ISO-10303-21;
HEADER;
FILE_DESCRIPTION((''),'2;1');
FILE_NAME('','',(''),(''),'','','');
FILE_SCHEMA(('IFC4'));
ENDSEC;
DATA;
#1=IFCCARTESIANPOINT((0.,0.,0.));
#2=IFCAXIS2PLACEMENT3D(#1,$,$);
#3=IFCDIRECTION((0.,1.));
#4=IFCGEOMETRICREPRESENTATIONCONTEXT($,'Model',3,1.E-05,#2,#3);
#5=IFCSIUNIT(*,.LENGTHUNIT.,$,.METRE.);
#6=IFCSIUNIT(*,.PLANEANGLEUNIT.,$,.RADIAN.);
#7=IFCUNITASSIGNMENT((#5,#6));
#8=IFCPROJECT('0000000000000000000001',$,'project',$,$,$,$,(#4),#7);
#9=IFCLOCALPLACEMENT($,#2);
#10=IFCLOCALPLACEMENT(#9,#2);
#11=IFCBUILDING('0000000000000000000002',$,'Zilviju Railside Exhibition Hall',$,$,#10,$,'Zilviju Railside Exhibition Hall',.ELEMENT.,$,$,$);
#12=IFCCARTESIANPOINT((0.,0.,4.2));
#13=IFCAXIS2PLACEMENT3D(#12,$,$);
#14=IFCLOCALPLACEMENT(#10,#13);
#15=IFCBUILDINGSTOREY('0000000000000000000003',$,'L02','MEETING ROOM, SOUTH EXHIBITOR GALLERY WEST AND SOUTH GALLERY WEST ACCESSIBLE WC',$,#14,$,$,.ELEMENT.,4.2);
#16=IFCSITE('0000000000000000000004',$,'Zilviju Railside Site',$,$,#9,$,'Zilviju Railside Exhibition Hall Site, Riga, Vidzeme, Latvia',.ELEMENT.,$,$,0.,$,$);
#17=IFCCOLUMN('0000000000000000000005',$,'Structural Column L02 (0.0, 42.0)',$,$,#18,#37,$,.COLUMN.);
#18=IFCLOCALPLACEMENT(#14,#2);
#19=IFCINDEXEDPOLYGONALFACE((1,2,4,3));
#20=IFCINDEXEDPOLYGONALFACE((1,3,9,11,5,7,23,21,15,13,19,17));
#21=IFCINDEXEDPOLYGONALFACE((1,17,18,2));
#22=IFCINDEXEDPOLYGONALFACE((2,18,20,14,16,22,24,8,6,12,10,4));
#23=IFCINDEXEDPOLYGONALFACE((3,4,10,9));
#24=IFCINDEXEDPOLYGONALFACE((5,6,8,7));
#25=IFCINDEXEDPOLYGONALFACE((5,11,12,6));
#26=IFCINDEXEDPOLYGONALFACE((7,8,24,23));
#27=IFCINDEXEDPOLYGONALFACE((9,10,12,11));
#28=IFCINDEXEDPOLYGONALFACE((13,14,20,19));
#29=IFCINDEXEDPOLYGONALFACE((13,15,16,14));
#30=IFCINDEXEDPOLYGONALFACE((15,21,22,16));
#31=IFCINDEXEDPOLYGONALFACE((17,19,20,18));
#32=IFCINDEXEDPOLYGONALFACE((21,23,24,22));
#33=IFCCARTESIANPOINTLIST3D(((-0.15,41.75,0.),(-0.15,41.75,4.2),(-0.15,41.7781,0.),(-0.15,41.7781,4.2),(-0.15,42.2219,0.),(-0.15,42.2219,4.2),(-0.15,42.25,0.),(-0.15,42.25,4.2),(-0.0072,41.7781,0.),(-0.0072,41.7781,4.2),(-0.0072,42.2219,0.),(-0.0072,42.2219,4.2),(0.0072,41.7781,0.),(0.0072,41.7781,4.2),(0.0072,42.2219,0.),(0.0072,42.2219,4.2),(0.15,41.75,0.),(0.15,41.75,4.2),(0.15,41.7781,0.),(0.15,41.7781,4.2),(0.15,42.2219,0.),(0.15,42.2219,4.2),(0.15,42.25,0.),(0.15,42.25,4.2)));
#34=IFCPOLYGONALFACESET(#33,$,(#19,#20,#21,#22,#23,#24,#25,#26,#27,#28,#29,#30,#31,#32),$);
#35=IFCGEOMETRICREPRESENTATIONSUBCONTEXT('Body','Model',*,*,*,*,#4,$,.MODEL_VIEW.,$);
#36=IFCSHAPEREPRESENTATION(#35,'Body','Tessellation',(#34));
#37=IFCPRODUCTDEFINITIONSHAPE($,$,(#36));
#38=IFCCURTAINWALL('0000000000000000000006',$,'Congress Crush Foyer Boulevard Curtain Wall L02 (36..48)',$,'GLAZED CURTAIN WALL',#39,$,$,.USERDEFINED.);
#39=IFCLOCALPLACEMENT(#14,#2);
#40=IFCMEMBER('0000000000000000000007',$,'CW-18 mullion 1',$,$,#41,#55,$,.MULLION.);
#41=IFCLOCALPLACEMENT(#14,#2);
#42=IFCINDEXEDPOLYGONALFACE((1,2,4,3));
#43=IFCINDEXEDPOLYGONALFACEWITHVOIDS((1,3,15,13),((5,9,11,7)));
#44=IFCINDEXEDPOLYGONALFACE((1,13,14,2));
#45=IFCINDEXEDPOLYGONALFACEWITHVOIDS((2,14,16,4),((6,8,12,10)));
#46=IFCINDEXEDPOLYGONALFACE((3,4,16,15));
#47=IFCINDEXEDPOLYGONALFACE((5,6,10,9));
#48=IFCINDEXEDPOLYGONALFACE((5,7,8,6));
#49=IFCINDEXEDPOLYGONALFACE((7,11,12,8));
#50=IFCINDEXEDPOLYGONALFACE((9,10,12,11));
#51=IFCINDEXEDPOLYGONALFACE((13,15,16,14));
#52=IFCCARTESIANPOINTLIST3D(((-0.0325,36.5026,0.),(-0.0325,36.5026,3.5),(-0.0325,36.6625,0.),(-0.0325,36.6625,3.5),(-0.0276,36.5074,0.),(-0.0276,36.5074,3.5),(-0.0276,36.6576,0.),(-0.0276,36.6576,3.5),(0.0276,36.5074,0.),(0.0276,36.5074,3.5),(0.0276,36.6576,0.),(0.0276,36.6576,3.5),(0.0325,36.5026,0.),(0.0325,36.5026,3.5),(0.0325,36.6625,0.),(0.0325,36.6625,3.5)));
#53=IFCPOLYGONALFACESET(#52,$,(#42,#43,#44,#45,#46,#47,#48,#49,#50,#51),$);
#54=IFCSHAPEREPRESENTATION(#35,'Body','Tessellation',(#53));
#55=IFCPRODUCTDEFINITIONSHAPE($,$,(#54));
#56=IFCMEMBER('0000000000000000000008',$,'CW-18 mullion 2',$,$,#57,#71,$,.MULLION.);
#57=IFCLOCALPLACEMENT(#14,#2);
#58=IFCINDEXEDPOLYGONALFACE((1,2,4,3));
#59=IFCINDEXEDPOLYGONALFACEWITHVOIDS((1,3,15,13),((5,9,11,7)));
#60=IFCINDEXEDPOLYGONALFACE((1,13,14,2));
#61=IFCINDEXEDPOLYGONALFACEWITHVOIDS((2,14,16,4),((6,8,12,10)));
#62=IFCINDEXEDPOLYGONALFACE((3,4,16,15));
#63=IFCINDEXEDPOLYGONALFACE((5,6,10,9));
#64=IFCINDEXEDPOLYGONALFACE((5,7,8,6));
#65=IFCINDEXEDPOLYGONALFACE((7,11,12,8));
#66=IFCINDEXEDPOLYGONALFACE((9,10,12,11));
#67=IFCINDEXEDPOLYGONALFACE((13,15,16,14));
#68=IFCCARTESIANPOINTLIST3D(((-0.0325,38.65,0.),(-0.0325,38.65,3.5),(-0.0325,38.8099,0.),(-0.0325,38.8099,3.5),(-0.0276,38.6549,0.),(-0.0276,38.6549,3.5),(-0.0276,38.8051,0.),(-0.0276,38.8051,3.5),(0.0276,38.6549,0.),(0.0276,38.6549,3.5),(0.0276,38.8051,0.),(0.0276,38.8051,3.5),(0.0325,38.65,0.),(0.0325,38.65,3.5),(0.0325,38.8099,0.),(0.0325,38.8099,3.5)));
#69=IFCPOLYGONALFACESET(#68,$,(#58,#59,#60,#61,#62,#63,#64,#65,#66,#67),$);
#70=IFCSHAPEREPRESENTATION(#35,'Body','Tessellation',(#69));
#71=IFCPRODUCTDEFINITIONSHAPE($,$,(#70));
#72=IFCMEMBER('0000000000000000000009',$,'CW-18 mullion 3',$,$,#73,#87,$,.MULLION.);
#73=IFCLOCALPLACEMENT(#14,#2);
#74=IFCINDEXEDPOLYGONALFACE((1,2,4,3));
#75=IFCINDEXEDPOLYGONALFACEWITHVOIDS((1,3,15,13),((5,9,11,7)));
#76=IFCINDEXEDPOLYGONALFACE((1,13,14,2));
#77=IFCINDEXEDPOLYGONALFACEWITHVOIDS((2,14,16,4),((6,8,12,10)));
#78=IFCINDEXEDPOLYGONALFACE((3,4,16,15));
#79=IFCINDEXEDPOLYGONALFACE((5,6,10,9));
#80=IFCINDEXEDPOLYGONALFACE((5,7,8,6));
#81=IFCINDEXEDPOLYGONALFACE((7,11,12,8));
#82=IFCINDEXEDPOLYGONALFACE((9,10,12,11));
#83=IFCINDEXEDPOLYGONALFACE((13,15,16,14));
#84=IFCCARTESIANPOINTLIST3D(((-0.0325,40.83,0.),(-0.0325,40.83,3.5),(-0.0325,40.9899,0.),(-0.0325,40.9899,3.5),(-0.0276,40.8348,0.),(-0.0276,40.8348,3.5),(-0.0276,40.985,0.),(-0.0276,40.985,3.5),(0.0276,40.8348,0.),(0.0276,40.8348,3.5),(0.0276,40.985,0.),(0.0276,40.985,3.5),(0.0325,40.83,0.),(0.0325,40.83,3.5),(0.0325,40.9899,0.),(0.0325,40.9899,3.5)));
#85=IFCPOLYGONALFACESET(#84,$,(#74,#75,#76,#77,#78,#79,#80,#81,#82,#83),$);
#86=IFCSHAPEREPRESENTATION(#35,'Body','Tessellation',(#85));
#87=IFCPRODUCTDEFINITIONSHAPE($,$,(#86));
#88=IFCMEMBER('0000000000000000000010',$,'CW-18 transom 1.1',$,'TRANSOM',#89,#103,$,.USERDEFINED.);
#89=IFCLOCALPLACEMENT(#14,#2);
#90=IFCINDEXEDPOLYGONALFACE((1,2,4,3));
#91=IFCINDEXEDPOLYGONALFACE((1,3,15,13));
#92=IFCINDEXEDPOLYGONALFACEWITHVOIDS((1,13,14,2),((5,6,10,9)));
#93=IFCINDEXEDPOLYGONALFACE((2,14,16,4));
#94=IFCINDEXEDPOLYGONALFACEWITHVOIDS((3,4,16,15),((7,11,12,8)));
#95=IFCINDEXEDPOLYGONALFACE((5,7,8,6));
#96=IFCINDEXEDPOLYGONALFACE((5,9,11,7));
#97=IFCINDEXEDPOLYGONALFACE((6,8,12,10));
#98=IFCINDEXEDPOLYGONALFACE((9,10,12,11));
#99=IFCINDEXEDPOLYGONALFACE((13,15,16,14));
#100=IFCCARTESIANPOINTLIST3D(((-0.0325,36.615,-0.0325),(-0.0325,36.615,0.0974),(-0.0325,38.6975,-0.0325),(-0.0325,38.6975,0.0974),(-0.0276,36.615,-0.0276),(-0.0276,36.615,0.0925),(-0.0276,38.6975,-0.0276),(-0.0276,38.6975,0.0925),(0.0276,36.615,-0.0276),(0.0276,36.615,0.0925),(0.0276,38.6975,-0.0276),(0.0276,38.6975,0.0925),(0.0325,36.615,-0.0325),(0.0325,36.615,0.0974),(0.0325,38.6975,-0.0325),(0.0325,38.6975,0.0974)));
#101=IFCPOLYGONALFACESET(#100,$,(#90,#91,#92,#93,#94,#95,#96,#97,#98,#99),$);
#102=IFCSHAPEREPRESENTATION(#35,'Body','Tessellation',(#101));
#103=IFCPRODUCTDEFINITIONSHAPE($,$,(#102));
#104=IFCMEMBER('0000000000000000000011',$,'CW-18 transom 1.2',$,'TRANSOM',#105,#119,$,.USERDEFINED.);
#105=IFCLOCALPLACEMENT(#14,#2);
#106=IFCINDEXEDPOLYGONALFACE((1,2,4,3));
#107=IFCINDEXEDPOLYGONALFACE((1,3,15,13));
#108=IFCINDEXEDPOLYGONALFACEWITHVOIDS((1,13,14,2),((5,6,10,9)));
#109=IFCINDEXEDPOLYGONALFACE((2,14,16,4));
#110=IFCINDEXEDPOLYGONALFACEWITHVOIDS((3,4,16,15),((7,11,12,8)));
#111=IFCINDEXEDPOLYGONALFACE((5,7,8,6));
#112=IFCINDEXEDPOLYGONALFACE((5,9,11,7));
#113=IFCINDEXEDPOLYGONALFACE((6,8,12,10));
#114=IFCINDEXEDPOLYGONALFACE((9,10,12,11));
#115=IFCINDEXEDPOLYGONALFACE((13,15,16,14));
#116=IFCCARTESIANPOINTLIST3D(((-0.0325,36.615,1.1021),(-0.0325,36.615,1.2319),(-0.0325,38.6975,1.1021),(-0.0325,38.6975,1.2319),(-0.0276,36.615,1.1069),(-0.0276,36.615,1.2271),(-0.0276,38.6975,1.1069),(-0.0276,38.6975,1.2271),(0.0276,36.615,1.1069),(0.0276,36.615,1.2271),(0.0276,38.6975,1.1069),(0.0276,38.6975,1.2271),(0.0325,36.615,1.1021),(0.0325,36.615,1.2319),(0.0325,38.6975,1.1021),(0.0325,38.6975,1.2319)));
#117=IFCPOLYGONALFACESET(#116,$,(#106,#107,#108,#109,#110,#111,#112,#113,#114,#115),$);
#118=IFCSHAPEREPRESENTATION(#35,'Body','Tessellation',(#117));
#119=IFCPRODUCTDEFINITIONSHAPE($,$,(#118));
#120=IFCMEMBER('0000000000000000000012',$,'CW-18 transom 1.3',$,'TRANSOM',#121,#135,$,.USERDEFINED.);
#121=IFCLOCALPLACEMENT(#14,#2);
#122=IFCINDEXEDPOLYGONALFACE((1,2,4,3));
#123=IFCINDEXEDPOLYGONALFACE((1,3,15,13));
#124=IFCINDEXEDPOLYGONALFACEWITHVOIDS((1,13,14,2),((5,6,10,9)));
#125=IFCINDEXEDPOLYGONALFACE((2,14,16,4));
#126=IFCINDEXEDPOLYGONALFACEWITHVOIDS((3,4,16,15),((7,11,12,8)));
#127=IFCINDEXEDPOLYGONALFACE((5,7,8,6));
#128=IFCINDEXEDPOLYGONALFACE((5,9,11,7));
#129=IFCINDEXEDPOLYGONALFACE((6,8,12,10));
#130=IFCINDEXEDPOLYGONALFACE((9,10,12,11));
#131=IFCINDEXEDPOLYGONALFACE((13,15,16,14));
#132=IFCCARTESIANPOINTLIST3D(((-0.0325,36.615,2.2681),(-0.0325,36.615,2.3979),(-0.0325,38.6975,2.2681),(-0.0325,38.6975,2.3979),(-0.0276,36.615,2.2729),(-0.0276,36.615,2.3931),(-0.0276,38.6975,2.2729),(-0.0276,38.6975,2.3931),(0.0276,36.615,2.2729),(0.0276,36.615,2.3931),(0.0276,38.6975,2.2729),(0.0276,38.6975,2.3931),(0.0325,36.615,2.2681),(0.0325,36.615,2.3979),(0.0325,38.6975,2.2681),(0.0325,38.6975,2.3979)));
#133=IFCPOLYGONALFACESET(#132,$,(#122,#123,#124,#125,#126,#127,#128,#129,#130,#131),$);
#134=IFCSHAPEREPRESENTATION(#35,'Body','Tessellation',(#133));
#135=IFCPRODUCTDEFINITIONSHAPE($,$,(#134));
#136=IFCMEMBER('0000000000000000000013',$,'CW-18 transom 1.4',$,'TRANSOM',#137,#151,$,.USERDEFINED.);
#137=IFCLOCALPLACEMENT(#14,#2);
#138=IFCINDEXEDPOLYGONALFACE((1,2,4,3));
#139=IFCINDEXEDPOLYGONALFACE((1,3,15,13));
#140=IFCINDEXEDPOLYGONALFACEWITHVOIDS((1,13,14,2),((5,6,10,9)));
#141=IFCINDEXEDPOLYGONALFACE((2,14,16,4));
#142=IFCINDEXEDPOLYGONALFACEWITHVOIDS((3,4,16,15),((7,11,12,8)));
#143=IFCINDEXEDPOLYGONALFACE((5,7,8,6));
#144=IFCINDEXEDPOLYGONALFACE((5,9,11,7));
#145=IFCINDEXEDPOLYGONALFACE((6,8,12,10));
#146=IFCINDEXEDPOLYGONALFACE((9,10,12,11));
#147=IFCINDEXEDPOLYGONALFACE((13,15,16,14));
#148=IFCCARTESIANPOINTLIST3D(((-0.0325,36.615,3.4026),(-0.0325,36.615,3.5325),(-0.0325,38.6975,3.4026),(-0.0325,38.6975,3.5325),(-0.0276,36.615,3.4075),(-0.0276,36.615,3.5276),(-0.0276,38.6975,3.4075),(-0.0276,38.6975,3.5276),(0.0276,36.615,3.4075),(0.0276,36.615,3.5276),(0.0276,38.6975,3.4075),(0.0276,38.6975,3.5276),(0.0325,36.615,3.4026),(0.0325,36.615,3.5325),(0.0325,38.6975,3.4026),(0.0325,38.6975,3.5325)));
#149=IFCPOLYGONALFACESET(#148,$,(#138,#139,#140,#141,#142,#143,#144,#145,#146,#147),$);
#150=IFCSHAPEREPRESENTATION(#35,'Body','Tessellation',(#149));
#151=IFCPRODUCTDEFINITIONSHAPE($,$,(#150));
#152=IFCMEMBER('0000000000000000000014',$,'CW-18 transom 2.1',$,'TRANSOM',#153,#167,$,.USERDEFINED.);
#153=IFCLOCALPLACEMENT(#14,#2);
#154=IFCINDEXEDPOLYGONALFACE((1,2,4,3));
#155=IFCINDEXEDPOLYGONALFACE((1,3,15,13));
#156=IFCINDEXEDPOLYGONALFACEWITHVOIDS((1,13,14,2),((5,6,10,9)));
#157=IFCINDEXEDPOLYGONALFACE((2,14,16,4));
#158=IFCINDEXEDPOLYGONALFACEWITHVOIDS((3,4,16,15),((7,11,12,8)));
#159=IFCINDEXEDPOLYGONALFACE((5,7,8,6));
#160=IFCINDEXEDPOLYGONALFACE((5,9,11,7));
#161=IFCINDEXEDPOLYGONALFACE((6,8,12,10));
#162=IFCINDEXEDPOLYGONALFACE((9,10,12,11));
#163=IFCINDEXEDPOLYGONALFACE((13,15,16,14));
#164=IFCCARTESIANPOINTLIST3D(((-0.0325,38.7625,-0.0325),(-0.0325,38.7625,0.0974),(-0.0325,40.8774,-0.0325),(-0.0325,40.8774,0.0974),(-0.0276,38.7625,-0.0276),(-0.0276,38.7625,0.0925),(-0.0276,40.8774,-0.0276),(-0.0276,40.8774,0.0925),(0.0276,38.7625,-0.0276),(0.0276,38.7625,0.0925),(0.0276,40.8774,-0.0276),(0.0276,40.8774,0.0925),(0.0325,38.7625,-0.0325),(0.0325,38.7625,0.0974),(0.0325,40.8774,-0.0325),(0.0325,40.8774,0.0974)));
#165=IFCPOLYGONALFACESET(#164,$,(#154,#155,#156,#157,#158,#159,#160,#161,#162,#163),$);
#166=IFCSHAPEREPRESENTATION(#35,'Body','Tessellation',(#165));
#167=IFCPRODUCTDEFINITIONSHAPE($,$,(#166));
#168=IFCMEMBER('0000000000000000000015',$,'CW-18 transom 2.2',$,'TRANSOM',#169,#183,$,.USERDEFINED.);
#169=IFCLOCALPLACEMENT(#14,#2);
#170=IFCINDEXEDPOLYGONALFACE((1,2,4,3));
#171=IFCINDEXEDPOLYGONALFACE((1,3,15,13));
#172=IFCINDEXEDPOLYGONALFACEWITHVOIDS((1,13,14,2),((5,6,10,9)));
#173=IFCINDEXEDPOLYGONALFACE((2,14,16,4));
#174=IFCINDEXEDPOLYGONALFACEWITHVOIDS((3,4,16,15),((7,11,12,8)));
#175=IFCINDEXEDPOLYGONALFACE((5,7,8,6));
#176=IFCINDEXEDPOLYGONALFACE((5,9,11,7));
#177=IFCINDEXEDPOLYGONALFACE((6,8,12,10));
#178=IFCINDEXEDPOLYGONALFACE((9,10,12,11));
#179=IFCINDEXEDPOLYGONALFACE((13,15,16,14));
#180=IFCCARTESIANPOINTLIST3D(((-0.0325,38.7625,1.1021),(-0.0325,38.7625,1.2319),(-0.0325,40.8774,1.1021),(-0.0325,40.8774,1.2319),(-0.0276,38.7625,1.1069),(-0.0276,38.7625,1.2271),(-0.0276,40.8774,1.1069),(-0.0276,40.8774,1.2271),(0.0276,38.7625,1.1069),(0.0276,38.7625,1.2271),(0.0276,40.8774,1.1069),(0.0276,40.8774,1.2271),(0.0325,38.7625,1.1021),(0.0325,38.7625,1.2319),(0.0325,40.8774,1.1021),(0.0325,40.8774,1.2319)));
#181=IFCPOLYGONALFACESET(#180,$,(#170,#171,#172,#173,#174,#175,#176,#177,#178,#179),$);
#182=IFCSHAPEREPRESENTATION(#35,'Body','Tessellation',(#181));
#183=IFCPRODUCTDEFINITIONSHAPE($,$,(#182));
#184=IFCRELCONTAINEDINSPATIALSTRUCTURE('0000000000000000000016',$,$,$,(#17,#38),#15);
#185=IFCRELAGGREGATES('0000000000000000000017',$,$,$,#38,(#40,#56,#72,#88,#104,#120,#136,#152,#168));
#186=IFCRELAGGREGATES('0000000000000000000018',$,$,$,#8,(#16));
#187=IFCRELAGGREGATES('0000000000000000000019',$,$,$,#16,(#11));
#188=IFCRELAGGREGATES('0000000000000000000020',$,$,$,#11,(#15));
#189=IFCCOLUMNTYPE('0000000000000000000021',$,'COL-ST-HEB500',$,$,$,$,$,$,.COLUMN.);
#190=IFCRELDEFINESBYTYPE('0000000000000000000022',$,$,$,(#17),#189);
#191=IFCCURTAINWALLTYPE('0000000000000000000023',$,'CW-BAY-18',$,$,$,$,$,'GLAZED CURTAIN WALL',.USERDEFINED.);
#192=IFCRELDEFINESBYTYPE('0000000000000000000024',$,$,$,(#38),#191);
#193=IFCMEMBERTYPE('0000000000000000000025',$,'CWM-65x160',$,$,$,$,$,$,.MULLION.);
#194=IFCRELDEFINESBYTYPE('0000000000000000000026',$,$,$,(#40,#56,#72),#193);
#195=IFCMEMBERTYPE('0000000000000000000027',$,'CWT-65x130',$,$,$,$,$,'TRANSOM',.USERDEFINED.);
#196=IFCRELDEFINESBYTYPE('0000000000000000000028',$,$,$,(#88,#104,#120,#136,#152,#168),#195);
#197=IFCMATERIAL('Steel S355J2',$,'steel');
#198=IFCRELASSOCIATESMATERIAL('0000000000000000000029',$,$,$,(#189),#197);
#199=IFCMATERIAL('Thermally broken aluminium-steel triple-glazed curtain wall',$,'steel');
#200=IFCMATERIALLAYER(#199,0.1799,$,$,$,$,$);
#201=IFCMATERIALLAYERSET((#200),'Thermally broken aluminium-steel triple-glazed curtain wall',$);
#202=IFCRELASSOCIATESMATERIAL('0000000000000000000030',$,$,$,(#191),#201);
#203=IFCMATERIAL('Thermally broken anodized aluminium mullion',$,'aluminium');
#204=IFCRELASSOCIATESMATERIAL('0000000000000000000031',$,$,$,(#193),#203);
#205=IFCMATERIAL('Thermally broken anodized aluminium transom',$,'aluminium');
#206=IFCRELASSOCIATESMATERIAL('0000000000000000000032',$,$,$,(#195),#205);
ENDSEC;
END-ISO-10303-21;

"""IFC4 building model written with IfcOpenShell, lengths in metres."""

from ifc_helpers import new_model, si_unit, direction, frame, origin, origin_2d, place, context, subcontext, project, spatial, hollow_rectangle, i_section, extrude, material, layer, layer_set, material_profile, profile_set, type_object, element, aggregate, save


model = new_model("IFC4")

# Units and contexts
model_context = context("Model", 3, precision=1e-05, world=origin(), true_north=direction((0.0, 1.0)))
body_context = subcontext(model_context, "Body", "Model", "MODEL_VIEW")
ifc_project = project(units=[si_unit("LENGTHUNIT", "METRE"), si_unit("PLANEANGLEUNIT", "RADIAN")], contexts=[model_context])

# Site, building, storey
site_placement = place(None, origin())
site = spatial("IfcSite", under=ifc_project, at=site_placement, Name="Zilviju Railside Site", LongName="Zilviju Railside Exhibition Hall Site, Riga, Vidzeme, Latvia", CompositionType="ELEMENT", RefElevation=0.0)
building_placement = place(site_placement, origin())
building = spatial("IfcBuilding", under=site, at=building_placement, Name="Zilviju Railside Exhibition Hall", LongName="Zilviju Railside Exhibition Hall", CompositionType="ELEMENT")
storey_placement = place(building_placement, frame((0.0, 0.0, 4.2)))
storey = spatial("IfcBuildingStorey", under=building, at=storey_placement, Name="L02", Description="MEETING ROOM, SOUTH EXHIBITOR GALLERY WEST AND SOUTH GALLERY WEST ACCESSIBLE WC", CompositionType="ELEMENT", Elevation=4.2)

# Column
ifc_material_1 = material(Name="Steel S355J2", Category="steel")
ifc_material_profile_1 = material_profile(ifc_material_1, i_section(OverallWidth=0.3, OverallDepth=0.5, WebThickness=0.0144, FlangeThickness=0.0281, at=origin_2d()), Name="HEB 500")
ifc_profile_set_1 = profile_set([ifc_material_profile_1], Name="Steel S355J2")
column_type = type_object("IfcColumnType", Name="COL-ST-HEB500", PredefinedType="COLUMN", material=ifc_profile_set_1)
column_placement = place(storey_placement, frame((0.0, 42.0, 0.0), z_axis=(0.0, 0.0, 1.0), x_axis=(1.0, 0.0, 0.0)))
element("IfcColumn", 1, at=column_placement, inside=storey, type_object=column_type, Name="Structural Column L02 (0.0, 42.0)", PredefinedType="COLUMN", context=body_context, shape_type="SweptSolid", body=[
    extrude(i_section(OverallWidth=0.3, OverallDepth=0.5, WebThickness=0.0144, FlangeThickness=0.0281, at=origin_2d()), origin(), (0.0, 0.0, 1.0), 4.2),
])

# Curtain wall, members
ifc_material_2 = material(Name="Thermally broken aluminium-steel triple-glazed curtain wall", Category="steel")
ifc_layer_1 = layer(ifc_material_2, 0.1799)
ifc_layer_set_1 = layer_set([ifc_layer_1], Name="Thermally broken aluminium-steel triple-glazed curtain wall")
curtain_wall_type = type_object("IfcCurtainWallType", Name="CW-BAY-18", ElementType="GLAZED CURTAIN WALL", PredefinedType="USERDEFINED", material=ifc_layer_set_1)
curtain_wall_placement = place(storey_placement, origin())
curtain_wall = element("IfcCurtainWall", 2, at=curtain_wall_placement, inside=storey, type_object=curtain_wall_type, Name="Congress Crush Foyer Boulevard Curtain Wall L02 (36..48)", ObjectType="GLAZED CURTAIN WALL", PredefinedType="USERDEFINED")
ifc_material_3 = material(Name="Thermally broken anodized aluminium mullion", Category="aluminium")
ifc_material_profile_2 = material_profile(ifc_material_3, hollow_rectangle(XDim=0.0649, YDim=0.1599, WallThickness=0.0049, at=origin_2d()), Name="MULLION 160x65x5")
ifc_profile_set_2 = profile_set([ifc_material_profile_2], Name="Thermally broken anodized aluminium mullion")
member_type_1 = type_object("IfcMemberType", Name="CWM-65x160", PredefinedType="MULLION", material=ifc_profile_set_2)
member_1_placement = place(storey_placement, frame((0.0, 36.5825, 0.0), z_axis=(0.0, 0.0, 1.0), x_axis=(-1.0, 0.0, 0.0)))
member_1 = element("IfcMember", 3, at=member_1_placement, type_object=member_type_1, Name="CW-18 mullion 1", PredefinedType="MULLION", context=body_context, shape_type="SweptSolid", body=[
    extrude(hollow_rectangle(XDim=0.0649, YDim=0.1599, WallThickness=0.0049, at=origin_2d()), origin(), (0.0, 0.0, 1.0), 3.5),
])
member_2_placement = place(storey_placement, frame((0.0, 38.73, 0.0), z_axis=(0.0, 0.0, 1.0), x_axis=(-1.0, 0.0, 0.0)))
member_2 = element("IfcMember", 4, at=member_2_placement, type_object=member_type_1, Name="CW-18 mullion 2", PredefinedType="MULLION", context=body_context, shape_type="SweptSolid", body=[
    extrude(hollow_rectangle(XDim=0.0649, YDim=0.1599, WallThickness=0.0049, at=origin_2d()), origin(), (0.0, 0.0, 1.0), 3.5),
])
member_3_placement = place(storey_placement, frame((0.0, 40.9099, 0.0), z_axis=(0.0, 0.0, 1.0), x_axis=(-1.0, 0.0, 0.0)))
member_3 = element("IfcMember", 5, at=member_3_placement, type_object=member_type_1, Name="CW-18 mullion 3", PredefinedType="MULLION", context=body_context, shape_type="SweptSolid", body=[
    extrude(hollow_rectangle(XDim=0.0649, YDim=0.1599, WallThickness=0.0049, at=origin_2d()), origin(), (0.0, 0.0, 1.0), 3.5),
])
ifc_material_4 = material(Name="Thermally broken anodized aluminium transom", Category="aluminium")
ifc_material_profile_3 = material_profile(ifc_material_4, hollow_rectangle(XDim=0.0649, YDim=0.1299, WallThickness=0.0049, at=origin_2d()), Name="TRANSOM 130x65x5")
ifc_profile_set_3 = profile_set([ifc_material_profile_3], Name="Thermally broken anodized aluminium transom")
member_type_2 = type_object("IfcMemberType", Name="CWT-65x130", ElementType="TRANSOM", PredefinedType="USERDEFINED", material=ifc_profile_set_3)
member_4_placement = place(storey_placement, frame((0.0, 36.615, 0.0325), z_axis=(0.0, 1.0, 0.0), x_axis=(-1.0, 0.0, 0.0)))
member_4 = element("IfcMember", 6, at=member_4_placement, type_object=member_type_2, Name="CW-18 transom 1.1", ObjectType="TRANSOM", PredefinedType="USERDEFINED", context=body_context, shape_type="SweptSolid", body=[
    extrude(hollow_rectangle(XDim=0.0649, YDim=0.1299, WallThickness=0.0049, at=origin_2d()), origin(), (0.0, 0.0, 1.0), 2.0825),
])
member_5_placement = place(storey_placement, frame((0.0, 36.615, 1.167), z_axis=(0.0, 1.0, 0.0), x_axis=(-1.0, 0.0, 0.0)))
member_5 = element("IfcMember", 7, at=member_5_placement, type_object=member_type_2, Name="CW-18 transom 1.2", ObjectType="TRANSOM", PredefinedType="USERDEFINED", context=body_context, shape_type="SweptSolid", body=[
    extrude(hollow_rectangle(XDim=0.0649, YDim=0.1299, WallThickness=0.0049, at=origin_2d()), origin(), (0.0, 0.0, 1.0), 2.0825),
])
member_6_placement = place(storey_placement, frame((0.0, 36.615, 2.333), z_axis=(0.0, 1.0, 0.0), x_axis=(-1.0, 0.0, 0.0)))
member_6 = element("IfcMember", 8, at=member_6_placement, type_object=member_type_2, Name="CW-18 transom 1.3", ObjectType="TRANSOM", PredefinedType="USERDEFINED", context=body_context, shape_type="SweptSolid", body=[
    extrude(hollow_rectangle(XDim=0.0649, YDim=0.1299, WallThickness=0.0049, at=origin_2d()), origin(), (0.0, 0.0, 1.0), 2.0825),
])
member_7_placement = place(storey_placement, frame((0.0, 36.615, 3.4675), z_axis=(0.0, 1.0, 0.0), x_axis=(-1.0, 0.0, 0.0)))
member_7 = element("IfcMember", 9, at=member_7_placement, type_object=member_type_2, Name="CW-18 transom 1.4", ObjectType="TRANSOM", PredefinedType="USERDEFINED", context=body_context, shape_type="SweptSolid", body=[
    extrude(hollow_rectangle(XDim=0.0649, YDim=0.1299, WallThickness=0.0049, at=origin_2d()), origin(), (0.0, 0.0, 1.0), 2.0825),
])
member_8_placement = place(storey_placement, frame((0.0, 38.7625, 0.0325), z_axis=(0.0, 1.0, 0.0), x_axis=(-1.0, 0.0, 0.0)))
member_8 = element("IfcMember", 10, at=member_8_placement, type_object=member_type_2, Name="CW-18 transom 2.1", ObjectType="TRANSOM", PredefinedType="USERDEFINED", context=body_context, shape_type="SweptSolid", body=[
    extrude(hollow_rectangle(XDim=0.0649, YDim=0.1299, WallThickness=0.0049, at=origin_2d()), origin(), (0.0, 0.0, 1.0), 2.115),
])
member_9_placement = place(storey_placement, frame((0.0, 38.7625, 1.167), z_axis=(0.0, 1.0, 0.0), x_axis=(-1.0, 0.0, 0.0)))
member_9 = element("IfcMember", 11, at=member_9_placement, type_object=member_type_2, Name="CW-18 transom 2.2", ObjectType="TRANSOM", PredefinedType="USERDEFINED", context=body_context, shape_type="SweptSolid", body=[
    extrude(hollow_rectangle(XDim=0.0649, YDim=0.1299, WallThickness=0.0049, at=origin_2d()), origin(), (0.0, 0.0, 1.0), 2.115),
])
aggregate(curtain_wall, [member_1, member_2, member_3, member_4, member_5, member_6, member_7, member_8, member_9])

save(model, "model.ifc")
